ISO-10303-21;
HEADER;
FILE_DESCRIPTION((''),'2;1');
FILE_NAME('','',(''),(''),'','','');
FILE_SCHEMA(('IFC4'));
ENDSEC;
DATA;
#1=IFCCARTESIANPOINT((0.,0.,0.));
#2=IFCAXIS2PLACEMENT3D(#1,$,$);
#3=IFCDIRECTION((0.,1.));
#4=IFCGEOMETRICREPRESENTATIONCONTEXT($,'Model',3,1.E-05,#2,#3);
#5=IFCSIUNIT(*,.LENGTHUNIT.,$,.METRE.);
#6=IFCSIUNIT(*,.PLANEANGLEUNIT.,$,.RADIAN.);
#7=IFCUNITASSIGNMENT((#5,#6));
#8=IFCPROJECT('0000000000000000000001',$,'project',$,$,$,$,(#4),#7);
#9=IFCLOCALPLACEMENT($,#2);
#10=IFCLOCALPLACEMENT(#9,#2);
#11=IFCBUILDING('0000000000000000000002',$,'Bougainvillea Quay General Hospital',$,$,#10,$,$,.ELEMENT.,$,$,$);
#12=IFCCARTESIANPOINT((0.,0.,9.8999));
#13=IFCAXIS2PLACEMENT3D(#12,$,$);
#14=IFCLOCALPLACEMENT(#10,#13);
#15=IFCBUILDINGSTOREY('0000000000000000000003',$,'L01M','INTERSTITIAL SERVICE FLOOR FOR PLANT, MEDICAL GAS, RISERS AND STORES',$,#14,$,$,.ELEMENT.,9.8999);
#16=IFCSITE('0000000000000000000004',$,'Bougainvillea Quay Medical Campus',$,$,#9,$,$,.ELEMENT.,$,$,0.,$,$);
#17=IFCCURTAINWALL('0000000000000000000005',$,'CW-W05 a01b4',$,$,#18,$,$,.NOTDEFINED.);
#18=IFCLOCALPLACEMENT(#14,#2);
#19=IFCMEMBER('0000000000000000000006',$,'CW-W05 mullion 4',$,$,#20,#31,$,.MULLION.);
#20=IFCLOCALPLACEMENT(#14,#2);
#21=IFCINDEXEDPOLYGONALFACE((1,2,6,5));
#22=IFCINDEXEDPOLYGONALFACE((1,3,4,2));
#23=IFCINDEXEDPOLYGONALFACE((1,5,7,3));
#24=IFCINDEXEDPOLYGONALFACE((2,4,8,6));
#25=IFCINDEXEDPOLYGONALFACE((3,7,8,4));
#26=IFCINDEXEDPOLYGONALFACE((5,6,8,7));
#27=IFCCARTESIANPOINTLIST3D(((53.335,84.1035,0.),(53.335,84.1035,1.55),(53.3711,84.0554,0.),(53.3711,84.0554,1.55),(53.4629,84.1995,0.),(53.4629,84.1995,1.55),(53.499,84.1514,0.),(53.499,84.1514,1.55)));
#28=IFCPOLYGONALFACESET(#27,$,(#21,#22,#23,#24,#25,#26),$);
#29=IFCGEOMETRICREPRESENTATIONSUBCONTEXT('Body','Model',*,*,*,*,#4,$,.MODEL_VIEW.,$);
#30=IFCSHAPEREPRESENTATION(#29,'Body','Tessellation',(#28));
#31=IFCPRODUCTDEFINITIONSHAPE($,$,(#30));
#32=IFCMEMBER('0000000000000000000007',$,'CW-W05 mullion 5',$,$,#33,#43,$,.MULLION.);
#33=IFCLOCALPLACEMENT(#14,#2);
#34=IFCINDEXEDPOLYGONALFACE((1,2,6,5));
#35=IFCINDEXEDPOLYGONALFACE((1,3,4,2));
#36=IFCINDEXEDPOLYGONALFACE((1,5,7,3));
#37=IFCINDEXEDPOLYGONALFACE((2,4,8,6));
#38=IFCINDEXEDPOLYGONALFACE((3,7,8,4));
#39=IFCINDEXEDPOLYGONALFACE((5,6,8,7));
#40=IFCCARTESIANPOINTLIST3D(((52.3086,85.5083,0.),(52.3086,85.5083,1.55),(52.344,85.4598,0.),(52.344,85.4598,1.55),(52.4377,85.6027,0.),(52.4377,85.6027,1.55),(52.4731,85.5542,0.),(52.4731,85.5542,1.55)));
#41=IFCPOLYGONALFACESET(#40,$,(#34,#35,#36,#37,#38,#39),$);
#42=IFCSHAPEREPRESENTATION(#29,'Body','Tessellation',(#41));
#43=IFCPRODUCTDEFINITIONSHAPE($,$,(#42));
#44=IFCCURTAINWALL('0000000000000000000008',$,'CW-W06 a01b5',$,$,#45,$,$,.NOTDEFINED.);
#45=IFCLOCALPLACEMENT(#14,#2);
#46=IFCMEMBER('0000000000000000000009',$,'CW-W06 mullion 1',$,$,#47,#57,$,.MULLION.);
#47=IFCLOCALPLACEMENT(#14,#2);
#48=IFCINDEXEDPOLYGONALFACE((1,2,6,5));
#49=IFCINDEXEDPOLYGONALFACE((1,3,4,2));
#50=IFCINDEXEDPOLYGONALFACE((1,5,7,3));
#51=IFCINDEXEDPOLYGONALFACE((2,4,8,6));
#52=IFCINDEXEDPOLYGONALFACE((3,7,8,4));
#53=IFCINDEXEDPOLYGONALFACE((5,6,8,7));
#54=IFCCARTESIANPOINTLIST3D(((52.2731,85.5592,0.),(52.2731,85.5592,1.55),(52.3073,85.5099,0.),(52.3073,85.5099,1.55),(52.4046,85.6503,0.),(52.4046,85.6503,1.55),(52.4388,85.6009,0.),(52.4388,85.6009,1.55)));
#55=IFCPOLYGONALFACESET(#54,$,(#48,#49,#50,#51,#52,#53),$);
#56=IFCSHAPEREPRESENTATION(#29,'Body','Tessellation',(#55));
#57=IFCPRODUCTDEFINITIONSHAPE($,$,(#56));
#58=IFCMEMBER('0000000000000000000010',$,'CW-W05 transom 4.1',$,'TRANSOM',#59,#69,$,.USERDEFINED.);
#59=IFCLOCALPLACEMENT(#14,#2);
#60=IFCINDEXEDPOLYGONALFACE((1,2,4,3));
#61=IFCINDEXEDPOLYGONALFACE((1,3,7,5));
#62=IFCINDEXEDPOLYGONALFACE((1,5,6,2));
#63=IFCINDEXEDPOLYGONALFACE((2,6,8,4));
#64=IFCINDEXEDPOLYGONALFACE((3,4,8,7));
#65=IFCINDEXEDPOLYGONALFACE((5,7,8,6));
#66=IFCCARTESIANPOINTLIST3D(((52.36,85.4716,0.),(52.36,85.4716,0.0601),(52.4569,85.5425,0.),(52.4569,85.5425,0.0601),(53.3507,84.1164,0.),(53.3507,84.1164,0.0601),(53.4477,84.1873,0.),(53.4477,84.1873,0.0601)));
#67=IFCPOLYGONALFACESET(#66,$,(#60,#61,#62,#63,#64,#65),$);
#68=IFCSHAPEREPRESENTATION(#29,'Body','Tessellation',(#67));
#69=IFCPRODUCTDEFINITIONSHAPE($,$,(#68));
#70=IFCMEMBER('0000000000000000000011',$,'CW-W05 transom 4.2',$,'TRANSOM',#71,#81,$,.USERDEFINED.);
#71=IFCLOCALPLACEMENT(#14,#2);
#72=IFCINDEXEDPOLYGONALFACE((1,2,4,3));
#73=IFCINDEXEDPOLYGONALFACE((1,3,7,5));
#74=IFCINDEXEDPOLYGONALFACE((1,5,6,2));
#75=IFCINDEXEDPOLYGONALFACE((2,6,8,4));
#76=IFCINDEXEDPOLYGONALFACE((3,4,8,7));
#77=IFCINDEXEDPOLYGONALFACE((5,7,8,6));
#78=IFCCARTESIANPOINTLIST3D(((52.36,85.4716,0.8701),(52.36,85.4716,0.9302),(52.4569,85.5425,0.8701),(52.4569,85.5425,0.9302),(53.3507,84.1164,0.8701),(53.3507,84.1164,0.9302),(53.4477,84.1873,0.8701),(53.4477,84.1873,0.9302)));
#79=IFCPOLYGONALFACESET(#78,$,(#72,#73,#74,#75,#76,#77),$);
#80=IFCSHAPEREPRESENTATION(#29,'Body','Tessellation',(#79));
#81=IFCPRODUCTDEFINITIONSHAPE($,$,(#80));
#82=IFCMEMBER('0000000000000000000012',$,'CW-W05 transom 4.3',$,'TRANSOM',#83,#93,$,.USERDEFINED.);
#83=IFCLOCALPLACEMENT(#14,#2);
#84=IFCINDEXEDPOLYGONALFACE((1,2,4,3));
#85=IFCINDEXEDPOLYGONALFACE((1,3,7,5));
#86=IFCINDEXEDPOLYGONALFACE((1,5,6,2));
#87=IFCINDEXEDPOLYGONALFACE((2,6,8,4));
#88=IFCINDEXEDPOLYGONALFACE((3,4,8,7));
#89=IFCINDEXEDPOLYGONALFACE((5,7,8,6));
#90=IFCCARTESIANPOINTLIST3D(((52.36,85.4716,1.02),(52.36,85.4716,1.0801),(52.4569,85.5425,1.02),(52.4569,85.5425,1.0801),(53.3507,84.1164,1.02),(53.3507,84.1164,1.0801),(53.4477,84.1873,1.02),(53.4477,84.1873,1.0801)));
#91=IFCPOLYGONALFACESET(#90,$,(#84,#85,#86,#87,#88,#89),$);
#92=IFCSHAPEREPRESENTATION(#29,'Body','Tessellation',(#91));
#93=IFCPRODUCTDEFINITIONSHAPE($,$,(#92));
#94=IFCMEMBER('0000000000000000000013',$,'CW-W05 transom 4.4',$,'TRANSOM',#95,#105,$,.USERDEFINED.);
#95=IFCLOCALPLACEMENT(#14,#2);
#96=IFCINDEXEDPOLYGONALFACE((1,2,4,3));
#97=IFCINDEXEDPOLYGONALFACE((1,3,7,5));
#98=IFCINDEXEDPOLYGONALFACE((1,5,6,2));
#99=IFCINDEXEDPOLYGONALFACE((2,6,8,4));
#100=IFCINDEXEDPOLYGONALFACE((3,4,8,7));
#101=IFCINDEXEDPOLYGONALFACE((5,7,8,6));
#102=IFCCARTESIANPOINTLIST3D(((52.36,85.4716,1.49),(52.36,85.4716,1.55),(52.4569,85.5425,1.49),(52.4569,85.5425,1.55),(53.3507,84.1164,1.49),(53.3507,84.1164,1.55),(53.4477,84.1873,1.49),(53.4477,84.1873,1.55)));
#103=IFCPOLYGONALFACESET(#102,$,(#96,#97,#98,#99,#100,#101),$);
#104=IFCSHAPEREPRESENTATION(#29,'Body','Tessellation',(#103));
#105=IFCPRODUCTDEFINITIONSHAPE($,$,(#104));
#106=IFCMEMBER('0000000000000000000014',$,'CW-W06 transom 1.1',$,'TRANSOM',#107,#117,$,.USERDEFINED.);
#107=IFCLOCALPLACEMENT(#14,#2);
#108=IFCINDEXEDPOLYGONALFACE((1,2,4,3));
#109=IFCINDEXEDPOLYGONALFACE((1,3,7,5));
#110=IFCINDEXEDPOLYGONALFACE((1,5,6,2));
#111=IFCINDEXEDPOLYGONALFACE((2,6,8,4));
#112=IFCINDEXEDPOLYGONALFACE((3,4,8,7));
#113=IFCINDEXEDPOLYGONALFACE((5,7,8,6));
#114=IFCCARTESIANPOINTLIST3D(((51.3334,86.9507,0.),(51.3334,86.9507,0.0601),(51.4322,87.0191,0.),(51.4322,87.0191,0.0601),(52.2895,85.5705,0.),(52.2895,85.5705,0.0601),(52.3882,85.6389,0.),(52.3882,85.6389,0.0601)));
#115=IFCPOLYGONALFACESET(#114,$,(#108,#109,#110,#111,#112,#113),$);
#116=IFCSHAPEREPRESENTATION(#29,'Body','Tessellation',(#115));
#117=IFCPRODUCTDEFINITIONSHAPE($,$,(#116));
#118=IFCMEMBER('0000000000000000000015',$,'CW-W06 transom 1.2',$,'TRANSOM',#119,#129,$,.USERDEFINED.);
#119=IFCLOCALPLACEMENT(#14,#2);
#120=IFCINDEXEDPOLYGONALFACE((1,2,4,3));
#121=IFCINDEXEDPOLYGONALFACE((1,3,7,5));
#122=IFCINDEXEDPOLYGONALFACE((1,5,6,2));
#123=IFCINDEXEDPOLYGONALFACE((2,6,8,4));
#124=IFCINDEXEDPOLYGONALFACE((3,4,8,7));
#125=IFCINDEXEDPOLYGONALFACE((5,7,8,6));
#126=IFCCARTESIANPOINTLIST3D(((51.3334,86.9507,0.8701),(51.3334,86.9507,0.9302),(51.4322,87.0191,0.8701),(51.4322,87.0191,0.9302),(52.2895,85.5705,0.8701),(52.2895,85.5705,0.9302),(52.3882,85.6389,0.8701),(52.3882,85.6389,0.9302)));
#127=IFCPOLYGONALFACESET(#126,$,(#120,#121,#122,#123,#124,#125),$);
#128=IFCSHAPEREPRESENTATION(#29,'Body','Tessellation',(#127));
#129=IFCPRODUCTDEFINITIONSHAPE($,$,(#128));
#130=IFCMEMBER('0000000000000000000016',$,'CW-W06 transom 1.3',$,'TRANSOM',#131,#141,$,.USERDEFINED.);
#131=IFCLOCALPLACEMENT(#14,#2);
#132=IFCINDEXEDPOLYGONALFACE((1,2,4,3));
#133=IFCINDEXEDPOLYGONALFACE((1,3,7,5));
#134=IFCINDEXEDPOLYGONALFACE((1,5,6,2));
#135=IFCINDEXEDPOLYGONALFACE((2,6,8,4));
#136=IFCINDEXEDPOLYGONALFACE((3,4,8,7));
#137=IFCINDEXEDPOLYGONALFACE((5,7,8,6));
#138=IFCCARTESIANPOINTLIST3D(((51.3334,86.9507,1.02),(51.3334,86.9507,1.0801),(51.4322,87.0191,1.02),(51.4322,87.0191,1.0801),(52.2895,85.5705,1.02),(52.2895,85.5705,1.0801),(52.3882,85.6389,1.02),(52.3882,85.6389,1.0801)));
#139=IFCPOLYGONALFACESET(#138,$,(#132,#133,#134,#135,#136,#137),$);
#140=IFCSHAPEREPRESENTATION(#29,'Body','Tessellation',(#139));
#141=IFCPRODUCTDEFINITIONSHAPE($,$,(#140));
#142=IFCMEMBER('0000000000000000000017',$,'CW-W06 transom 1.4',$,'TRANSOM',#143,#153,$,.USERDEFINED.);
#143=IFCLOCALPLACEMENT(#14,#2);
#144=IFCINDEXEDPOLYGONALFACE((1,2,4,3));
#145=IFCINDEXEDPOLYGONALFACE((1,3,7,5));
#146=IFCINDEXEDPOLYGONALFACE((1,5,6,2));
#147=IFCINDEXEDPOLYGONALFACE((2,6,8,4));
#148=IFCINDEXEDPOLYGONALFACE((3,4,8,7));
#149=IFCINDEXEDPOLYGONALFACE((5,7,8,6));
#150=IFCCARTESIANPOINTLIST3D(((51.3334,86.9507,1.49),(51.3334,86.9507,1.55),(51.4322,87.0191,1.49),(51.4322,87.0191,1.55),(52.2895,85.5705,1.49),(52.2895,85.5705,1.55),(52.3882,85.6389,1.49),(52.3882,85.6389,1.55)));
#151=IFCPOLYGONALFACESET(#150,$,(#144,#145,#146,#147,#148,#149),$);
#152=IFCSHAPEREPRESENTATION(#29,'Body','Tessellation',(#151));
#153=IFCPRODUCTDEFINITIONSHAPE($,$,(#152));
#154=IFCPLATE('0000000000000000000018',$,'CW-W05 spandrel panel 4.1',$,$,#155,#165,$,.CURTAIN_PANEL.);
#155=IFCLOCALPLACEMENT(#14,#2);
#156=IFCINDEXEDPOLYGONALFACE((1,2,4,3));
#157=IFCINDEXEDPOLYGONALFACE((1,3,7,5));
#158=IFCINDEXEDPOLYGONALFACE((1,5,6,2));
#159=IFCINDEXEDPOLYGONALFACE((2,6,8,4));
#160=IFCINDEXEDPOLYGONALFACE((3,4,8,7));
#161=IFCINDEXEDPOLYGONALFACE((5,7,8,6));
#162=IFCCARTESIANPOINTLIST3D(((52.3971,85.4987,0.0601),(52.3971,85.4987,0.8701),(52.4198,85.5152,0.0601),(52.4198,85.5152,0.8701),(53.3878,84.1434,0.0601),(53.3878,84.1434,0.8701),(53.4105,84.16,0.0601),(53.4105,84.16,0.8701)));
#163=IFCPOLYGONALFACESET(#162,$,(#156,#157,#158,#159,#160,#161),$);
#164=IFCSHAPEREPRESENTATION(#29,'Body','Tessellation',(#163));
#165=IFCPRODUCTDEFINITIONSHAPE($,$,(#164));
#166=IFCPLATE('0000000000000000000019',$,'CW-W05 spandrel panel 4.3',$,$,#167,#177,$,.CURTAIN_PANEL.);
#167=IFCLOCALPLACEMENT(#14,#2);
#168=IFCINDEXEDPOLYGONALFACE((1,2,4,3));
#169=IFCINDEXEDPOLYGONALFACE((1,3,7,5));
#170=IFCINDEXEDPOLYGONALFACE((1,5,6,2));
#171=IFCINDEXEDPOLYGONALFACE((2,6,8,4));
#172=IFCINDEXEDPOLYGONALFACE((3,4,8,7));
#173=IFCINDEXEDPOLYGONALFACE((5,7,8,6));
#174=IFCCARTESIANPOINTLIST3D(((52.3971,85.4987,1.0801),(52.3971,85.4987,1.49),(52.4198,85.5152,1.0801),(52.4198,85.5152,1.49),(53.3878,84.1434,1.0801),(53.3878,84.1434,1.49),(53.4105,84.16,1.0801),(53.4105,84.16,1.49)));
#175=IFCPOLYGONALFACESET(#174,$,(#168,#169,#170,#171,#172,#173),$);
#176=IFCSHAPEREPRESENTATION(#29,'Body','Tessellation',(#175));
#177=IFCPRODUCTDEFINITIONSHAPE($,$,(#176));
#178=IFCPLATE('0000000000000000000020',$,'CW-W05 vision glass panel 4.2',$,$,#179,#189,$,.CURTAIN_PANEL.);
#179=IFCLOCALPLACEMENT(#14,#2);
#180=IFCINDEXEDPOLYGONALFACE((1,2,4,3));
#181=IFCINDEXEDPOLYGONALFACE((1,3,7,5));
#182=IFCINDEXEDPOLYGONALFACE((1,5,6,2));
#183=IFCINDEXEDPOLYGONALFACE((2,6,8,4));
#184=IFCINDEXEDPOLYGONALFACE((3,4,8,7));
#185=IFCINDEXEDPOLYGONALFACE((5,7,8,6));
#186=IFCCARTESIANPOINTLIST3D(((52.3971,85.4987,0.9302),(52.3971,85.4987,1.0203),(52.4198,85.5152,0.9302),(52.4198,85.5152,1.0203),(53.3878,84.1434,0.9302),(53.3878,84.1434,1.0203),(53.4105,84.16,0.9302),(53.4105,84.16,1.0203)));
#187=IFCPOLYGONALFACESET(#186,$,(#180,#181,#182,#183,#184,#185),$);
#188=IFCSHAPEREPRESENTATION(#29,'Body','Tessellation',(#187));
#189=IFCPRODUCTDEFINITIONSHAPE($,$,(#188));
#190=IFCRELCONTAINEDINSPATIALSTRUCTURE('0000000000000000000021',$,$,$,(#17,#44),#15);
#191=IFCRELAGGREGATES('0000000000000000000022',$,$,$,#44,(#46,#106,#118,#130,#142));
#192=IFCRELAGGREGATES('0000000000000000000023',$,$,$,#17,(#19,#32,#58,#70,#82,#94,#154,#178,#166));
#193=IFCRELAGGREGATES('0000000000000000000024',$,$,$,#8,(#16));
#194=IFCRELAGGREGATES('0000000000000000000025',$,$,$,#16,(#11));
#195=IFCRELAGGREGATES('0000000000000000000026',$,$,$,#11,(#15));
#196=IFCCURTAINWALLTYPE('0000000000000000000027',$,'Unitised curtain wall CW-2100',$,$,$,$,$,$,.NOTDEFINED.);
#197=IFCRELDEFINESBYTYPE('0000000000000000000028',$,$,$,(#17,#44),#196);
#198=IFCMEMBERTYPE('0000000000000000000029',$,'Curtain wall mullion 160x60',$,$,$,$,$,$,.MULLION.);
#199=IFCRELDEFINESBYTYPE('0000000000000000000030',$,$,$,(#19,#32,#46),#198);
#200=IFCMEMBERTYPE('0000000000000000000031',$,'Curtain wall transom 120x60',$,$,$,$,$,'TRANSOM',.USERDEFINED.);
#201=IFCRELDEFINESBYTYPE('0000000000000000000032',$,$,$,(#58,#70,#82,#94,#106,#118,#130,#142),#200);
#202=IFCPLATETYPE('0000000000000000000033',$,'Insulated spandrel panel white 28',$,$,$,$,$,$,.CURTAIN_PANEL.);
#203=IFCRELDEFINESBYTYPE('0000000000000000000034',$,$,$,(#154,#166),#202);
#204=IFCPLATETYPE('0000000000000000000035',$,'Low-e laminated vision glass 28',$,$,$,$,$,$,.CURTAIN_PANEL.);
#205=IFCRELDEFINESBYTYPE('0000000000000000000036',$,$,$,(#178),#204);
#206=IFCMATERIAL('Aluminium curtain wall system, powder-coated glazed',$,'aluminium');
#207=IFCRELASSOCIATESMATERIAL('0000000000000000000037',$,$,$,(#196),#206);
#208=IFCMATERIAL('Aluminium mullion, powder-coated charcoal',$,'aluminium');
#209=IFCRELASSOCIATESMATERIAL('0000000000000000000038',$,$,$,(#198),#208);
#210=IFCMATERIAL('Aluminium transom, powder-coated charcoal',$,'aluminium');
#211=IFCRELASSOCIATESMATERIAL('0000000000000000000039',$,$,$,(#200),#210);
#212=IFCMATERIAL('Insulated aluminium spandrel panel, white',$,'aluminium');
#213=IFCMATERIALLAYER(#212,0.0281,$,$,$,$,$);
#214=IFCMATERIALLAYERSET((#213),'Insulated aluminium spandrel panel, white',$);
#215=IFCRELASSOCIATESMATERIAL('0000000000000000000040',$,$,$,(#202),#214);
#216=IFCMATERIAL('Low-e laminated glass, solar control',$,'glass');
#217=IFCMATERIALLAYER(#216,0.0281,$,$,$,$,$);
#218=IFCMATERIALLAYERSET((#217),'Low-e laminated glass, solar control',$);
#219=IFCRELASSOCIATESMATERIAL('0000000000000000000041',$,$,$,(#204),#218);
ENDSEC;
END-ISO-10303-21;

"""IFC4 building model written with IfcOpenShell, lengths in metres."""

from ifc_helpers import new_model, si_unit, direction, frame, origin, origin_2d, place, context, subcontext, project, spatial, rectangle, extrude, material, layer, layer_set, material_profile, profile_set, type_object, element, aggregate, save


model = new_model("IFC4")

# Units and contexts
model_context = context("Model", 3, precision=1e-05, world=origin(), true_north=direction((0.0, 1.0)))
body_context = subcontext(model_context, "Body", "Model", "MODEL_VIEW")
ifc_project = project(units=[si_unit("LENGTHUNIT", "METRE"), si_unit("PLANEANGLEUNIT", "RADIAN")], contexts=[model_context])

# Site, building, storey
site_placement = place(None, origin())
site = spatial("IfcSite", under=ifc_project, at=site_placement, Name="Bougainvillea Quay Medical Campus", CompositionType="ELEMENT", RefElevation=0.0)
building_placement = place(site_placement, origin())
building = spatial("IfcBuilding", under=site, at=building_placement, Name="Bougainvillea Quay General Hospital", CompositionType="ELEMENT")
storey_placement = place(building_placement, frame((0.0, 0.0, 9.8999)))
storey = spatial("IfcBuildingStorey", under=building, at=storey_placement, Name="L01M", Description="INTERSTITIAL SERVICE FLOOR FOR PLANT, MEDICAL GAS, RISERS AND STORES", CompositionType="ELEMENT", Elevation=9.8999)

# Curtain wall, members
ifc_material_1 = material(Name="Aluminium curtain wall system, powder-coated glazed", Category="aluminium")
curtain_wall_type = type_object("IfcCurtainWallType", Name="Unitised curtain wall CW-2100", PredefinedType="NOTDEFINED", material=ifc_material_1)
curtain_wall_1_placement = place(storey_placement, origin())
curtain_wall_1 = element("IfcCurtainWall", 1, at=curtain_wall_1_placement, inside=storey, type_object=curtain_wall_type, Name="CW-W05 a01b4", PredefinedType="NOTDEFINED")
ifc_material_2 = material(Name="Aluminium mullion, powder-coated charcoal", Category="aluminium")
ifc_material_profile_1 = material_profile(ifc_material_2, rectangle(XDim=0.1599, YDim=0.0601, at=origin_2d()))
ifc_profile_set_1 = profile_set([ifc_material_profile_1], Name="Aluminium mullion, powder-coated charcoal")
member_type_1 = type_object("IfcMemberType", Name="Curtain wall mullion 160x60", PredefinedType="MULLION", material=ifc_profile_set_1)
member_1_placement = place(storey_placement, frame((53.417, 84.1274, 0.0), z_axis=(0.0, 0.0, 1.0), x_axis=(-0.799758, -0.600323, 0.0)))
member_1 = element("IfcMember", 2, at=member_1_placement, type_object=member_type_1, Name="CW-W05 mullion 4", PredefinedType="MULLION", context=body_context, shape_type="SweptSolid", body=[
    extrude(rectangle(XDim=0.1599, YDim=0.0601, at=origin_2d()), origin(), (0.0, 0.0, 1.0), 1.55),
])
member_2_placement = place(storey_placement, frame((52.3909, 85.5312, 0.0), z_axis=(0.0, 0.0, 1.0), x_axis=(-0.807305, -0.590134, 0.0)))
member_2 = element("IfcMember", 3, at=member_2_placement, type_object=member_type_1, Name="CW-W05 mullion 5", PredefinedType="MULLION", context=body_context, shape_type="SweptSolid", body=[
    extrude(rectangle(XDim=0.1599, YDim=0.0601, at=origin_2d()), origin(), (0.0, 0.0, 1.0), 1.55),
])

# Curtain wall, member
curtain_wall_2_placement = place(storey_placement, origin())
curtain_wall_2 = element("IfcCurtainWall", 4, at=curtain_wall_2_placement, inside=storey, type_object=curtain_wall_type, Name="CW-W06 a01b5", PredefinedType="NOTDEFINED")
member_3_placement = place(storey_placement, frame((52.356, 85.5801, 0.0), z_axis=(0.0, 0.0, 1.0), x_axis=(-0.82201, -0.569473, 0.0)))
member_3 = element("IfcMember", 5, at=member_3_placement, type_object=member_type_1, Name="CW-W06 mullion 1", PredefinedType="MULLION", context=body_context, shape_type="SweptSolid", body=[
    extrude(rectangle(XDim=0.1599, YDim=0.0601, at=origin_2d()), origin(), (0.0, 0.0, 1.0), 1.55),
])

# Members
ifc_material_3 = material(Name="Aluminium transom, powder-coated charcoal", Category="aluminium")
ifc_material_profile_2 = material_profile(ifc_material_3, rectangle(XDim=0.1201, YDim=0.0601, at=origin_2d()))
ifc_profile_set_2 = profile_set([ifc_material_profile_2], Name="Aluminium transom, powder-coated charcoal")
member_type_2 = type_object("IfcMemberType", Name="Curtain wall transom 120x60", ElementType="TRANSOM", PredefinedType="USERDEFINED", material=ifc_profile_set_2)
member_4_placement = place(storey_placement, frame((53.3992, 84.1519, 0.03), z_axis=(-0.590159, 0.807287, 0.0), x_axis=(-0.807287, -0.590159, 0.0)))
member_4 = element("IfcMember", 6, at=member_4_placement, type_object=member_type_2, Name="CW-W05 transom 4.1", ObjectType="TRANSOM", PredefinedType="USERDEFINED", context=body_context, shape_type="SweptSolid", body=[
    extrude(rectangle(XDim=0.1201, YDim=0.0601, at=origin_2d()), origin(), (0.0, 0.0, 1.0), 1.6787),
])
member_5_placement = place(storey_placement, frame((53.3992, 84.1519, 0.9001), z_axis=(-0.590159, 0.807287, 0.0), x_axis=(-0.807287, -0.590159, 0.0)))
member_5 = element("IfcMember", 7, at=member_5_placement, type_object=member_type_2, Name="CW-W05 transom 4.2", ObjectType="TRANSOM", PredefinedType="USERDEFINED", context=body_context, shape_type="SweptSolid", body=[
    extrude(rectangle(XDim=0.1201, YDim=0.0601, at=origin_2d()), origin(), (0.0, 0.0, 1.0), 1.6787),
])
member_6_placement = place(storey_placement, frame((53.3992, 84.1519, 1.05), z_axis=(-0.590159, 0.807287, 0.0), x_axis=(-0.807287, -0.590159, 0.0)))
member_6 = element("IfcMember", 8, at=member_6_placement, type_object=member_type_2, Name="CW-W05 transom 4.3", ObjectType="TRANSOM", PredefinedType="USERDEFINED", context=body_context, shape_type="SweptSolid", body=[
    extrude(rectangle(XDim=0.1201, YDim=0.0601, at=origin_2d()), origin(), (0.0, 0.0, 1.0), 1.6787),
])
member_7_placement = place(storey_placement, frame((53.3992, 84.1519, 1.52), z_axis=(-0.590159, 0.807287, 0.0), x_axis=(-0.807287, -0.590159, 0.0)))
member_7 = element("IfcMember", 9, at=member_7_placement, type_object=member_type_2, Name="CW-W05 transom 4.4", ObjectType="TRANSOM", PredefinedType="USERDEFINED", context=body_context, shape_type="SweptSolid", body=[
    extrude(rectangle(XDim=0.1201, YDim=0.0601, at=origin_2d()), origin(), (0.0, 0.0, 1.0), 1.6787),
])
member_8_placement = place(storey_placement, frame((52.3389, 85.6047, 0.03), z_axis=(-0.569444, 0.82203, 0.0), x_axis=(-0.82203, -0.569444, 0.0)))
member_8 = element("IfcMember", 10, at=member_8_placement, type_object=member_type_2, Name="CW-W06 transom 1.1", ObjectType="TRANSOM", PredefinedType="USERDEFINED", context=body_context, shape_type="SweptSolid", body=[
    extrude(rectangle(XDim=0.1201, YDim=0.0601, at=origin_2d()), origin(), (0.0, 0.0, 1.0), 1.679),
])
member_9_placement = place(storey_placement, frame((52.3389, 85.6047, 0.9001), z_axis=(-0.569444, 0.82203, 0.0), x_axis=(-0.82203, -0.569444, 0.0)))
member_9 = element("IfcMember", 11, at=member_9_placement, type_object=member_type_2, Name="CW-W06 transom 1.2", ObjectType="TRANSOM", PredefinedType="USERDEFINED", context=body_context, shape_type="SweptSolid", body=[
    extrude(rectangle(XDim=0.1201, YDim=0.0601, at=origin_2d()), origin(), (0.0, 0.0, 1.0), 1.679),
])
member_10_placement = place(storey_placement, frame((52.3389, 85.6047, 1.05), z_axis=(-0.569444, 0.82203, 0.0), x_axis=(-0.82203, -0.569444, 0.0)))
member_10 = element("IfcMember", 12, at=member_10_placement, type_object=member_type_2, Name="CW-W06 transom 1.3", ObjectType="TRANSOM", PredefinedType="USERDEFINED", context=body_context, shape_type="SweptSolid", body=[
    extrude(rectangle(XDim=0.1201, YDim=0.0601, at=origin_2d()), origin(), (0.0, 0.0, 1.0), 1.679),
])
member_11_placement = place(storey_placement, frame((52.3389, 85.6047, 1.52), z_axis=(-0.569444, 0.82203, 0.0), x_axis=(-0.82203, -0.569444, 0.0)))
member_11 = element("IfcMember", 13, at=member_11_placement, type_object=member_type_2, Name="CW-W06 transom 1.4", ObjectType="TRANSOM", PredefinedType="USERDEFINED", context=body_context, shape_type="SweptSolid", body=[
    extrude(rectangle(XDim=0.1201, YDim=0.0601, at=origin_2d()), origin(), (0.0, 0.0, 1.0), 1.679),
])
aggregate(curtain_wall_2, [member_3, member_8, member_9, member_10, member_11])

# Plates
ifc_material_4 = material(Name="Insulated aluminium spandrel panel, white", Category="aluminium")
ifc_layer_1 = layer(ifc_material_4, 0.0281)
ifc_layer_set_1 = layer_set([ifc_layer_1], Name="Insulated aluminium spandrel panel, white")
plate_type_1 = type_object("IfcPlateType", Name="Insulated spandrel panel white 28", PredefinedType="CURTAIN_PANEL", material=ifc_layer_set_1)
plate_1_placement = place(storey_placement, frame((52.9038, 84.8293, 0.0601), z_axis=(0.0, 0.0, 1.0), x_axis=(-0.590134, 0.807305, 0.0)))
plate_1 = element("IfcPlate", 14, at=plate_1_placement, type_object=plate_type_1, Name="CW-W05 spandrel panel 4.1", PredefinedType="CURTAIN_PANEL", context=body_context, shape_type="SweptSolid", body=[
    extrude(rectangle(XDim=1.6787, YDim=0.0281, at=origin_2d()), origin(), (0.0, 0.0, 1.0), 0.8101),
])
plate_2_placement = place(storey_placement, frame((52.9038, 84.8293, 1.0801), z_axis=(0.0, 0.0, 1.0), x_axis=(-0.590134, 0.807305, 0.0)))
plate_2 = element("IfcPlate", 15, at=plate_2_placement, type_object=plate_type_1, Name="CW-W05 spandrel panel 4.3", PredefinedType="CURTAIN_PANEL", context=body_context, shape_type="SweptSolid", body=[
    extrude(rectangle(XDim=1.6787, YDim=0.0281, at=origin_2d()), origin(), (0.0, 0.0, 1.0), 0.4099),
])
ifc_material_5 = material(Name="Low-e laminated glass, solar control", Category="glass")
ifc_layer_2 = layer(ifc_material_5, 0.0281)
ifc_layer_set_2 = layer_set([ifc_layer_2], Name="Low-e laminated glass, solar control")
plate_type_2 = type_object("IfcPlateType", Name="Low-e laminated vision glass 28", PredefinedType="CURTAIN_PANEL", material=ifc_layer_set_2)
plate_3_placement = place(storey_placement, frame((52.9038, 84.8293, 0.9302), z_axis=(0.0, 0.0, 1.0), x_axis=(-0.590134, 0.807305, 0.0)))
plate_3 = element("IfcPlate", 16, at=plate_3_placement, type_object=plate_type_2, Name="CW-W05 vision glass panel 4.2", PredefinedType="CURTAIN_PANEL", context=body_context, shape_type="SweptSolid", body=[
    extrude(rectangle(XDim=1.6787, YDim=0.0281, at=origin_2d()), origin(), (0.0, 0.0, 1.0), 0.0901),
])
aggregate(curtain_wall_1, [member_1, member_2, member_4, member_5, member_6, member_7, plate_1, plate_3, plate_2])

save(model, "model.ifc")
